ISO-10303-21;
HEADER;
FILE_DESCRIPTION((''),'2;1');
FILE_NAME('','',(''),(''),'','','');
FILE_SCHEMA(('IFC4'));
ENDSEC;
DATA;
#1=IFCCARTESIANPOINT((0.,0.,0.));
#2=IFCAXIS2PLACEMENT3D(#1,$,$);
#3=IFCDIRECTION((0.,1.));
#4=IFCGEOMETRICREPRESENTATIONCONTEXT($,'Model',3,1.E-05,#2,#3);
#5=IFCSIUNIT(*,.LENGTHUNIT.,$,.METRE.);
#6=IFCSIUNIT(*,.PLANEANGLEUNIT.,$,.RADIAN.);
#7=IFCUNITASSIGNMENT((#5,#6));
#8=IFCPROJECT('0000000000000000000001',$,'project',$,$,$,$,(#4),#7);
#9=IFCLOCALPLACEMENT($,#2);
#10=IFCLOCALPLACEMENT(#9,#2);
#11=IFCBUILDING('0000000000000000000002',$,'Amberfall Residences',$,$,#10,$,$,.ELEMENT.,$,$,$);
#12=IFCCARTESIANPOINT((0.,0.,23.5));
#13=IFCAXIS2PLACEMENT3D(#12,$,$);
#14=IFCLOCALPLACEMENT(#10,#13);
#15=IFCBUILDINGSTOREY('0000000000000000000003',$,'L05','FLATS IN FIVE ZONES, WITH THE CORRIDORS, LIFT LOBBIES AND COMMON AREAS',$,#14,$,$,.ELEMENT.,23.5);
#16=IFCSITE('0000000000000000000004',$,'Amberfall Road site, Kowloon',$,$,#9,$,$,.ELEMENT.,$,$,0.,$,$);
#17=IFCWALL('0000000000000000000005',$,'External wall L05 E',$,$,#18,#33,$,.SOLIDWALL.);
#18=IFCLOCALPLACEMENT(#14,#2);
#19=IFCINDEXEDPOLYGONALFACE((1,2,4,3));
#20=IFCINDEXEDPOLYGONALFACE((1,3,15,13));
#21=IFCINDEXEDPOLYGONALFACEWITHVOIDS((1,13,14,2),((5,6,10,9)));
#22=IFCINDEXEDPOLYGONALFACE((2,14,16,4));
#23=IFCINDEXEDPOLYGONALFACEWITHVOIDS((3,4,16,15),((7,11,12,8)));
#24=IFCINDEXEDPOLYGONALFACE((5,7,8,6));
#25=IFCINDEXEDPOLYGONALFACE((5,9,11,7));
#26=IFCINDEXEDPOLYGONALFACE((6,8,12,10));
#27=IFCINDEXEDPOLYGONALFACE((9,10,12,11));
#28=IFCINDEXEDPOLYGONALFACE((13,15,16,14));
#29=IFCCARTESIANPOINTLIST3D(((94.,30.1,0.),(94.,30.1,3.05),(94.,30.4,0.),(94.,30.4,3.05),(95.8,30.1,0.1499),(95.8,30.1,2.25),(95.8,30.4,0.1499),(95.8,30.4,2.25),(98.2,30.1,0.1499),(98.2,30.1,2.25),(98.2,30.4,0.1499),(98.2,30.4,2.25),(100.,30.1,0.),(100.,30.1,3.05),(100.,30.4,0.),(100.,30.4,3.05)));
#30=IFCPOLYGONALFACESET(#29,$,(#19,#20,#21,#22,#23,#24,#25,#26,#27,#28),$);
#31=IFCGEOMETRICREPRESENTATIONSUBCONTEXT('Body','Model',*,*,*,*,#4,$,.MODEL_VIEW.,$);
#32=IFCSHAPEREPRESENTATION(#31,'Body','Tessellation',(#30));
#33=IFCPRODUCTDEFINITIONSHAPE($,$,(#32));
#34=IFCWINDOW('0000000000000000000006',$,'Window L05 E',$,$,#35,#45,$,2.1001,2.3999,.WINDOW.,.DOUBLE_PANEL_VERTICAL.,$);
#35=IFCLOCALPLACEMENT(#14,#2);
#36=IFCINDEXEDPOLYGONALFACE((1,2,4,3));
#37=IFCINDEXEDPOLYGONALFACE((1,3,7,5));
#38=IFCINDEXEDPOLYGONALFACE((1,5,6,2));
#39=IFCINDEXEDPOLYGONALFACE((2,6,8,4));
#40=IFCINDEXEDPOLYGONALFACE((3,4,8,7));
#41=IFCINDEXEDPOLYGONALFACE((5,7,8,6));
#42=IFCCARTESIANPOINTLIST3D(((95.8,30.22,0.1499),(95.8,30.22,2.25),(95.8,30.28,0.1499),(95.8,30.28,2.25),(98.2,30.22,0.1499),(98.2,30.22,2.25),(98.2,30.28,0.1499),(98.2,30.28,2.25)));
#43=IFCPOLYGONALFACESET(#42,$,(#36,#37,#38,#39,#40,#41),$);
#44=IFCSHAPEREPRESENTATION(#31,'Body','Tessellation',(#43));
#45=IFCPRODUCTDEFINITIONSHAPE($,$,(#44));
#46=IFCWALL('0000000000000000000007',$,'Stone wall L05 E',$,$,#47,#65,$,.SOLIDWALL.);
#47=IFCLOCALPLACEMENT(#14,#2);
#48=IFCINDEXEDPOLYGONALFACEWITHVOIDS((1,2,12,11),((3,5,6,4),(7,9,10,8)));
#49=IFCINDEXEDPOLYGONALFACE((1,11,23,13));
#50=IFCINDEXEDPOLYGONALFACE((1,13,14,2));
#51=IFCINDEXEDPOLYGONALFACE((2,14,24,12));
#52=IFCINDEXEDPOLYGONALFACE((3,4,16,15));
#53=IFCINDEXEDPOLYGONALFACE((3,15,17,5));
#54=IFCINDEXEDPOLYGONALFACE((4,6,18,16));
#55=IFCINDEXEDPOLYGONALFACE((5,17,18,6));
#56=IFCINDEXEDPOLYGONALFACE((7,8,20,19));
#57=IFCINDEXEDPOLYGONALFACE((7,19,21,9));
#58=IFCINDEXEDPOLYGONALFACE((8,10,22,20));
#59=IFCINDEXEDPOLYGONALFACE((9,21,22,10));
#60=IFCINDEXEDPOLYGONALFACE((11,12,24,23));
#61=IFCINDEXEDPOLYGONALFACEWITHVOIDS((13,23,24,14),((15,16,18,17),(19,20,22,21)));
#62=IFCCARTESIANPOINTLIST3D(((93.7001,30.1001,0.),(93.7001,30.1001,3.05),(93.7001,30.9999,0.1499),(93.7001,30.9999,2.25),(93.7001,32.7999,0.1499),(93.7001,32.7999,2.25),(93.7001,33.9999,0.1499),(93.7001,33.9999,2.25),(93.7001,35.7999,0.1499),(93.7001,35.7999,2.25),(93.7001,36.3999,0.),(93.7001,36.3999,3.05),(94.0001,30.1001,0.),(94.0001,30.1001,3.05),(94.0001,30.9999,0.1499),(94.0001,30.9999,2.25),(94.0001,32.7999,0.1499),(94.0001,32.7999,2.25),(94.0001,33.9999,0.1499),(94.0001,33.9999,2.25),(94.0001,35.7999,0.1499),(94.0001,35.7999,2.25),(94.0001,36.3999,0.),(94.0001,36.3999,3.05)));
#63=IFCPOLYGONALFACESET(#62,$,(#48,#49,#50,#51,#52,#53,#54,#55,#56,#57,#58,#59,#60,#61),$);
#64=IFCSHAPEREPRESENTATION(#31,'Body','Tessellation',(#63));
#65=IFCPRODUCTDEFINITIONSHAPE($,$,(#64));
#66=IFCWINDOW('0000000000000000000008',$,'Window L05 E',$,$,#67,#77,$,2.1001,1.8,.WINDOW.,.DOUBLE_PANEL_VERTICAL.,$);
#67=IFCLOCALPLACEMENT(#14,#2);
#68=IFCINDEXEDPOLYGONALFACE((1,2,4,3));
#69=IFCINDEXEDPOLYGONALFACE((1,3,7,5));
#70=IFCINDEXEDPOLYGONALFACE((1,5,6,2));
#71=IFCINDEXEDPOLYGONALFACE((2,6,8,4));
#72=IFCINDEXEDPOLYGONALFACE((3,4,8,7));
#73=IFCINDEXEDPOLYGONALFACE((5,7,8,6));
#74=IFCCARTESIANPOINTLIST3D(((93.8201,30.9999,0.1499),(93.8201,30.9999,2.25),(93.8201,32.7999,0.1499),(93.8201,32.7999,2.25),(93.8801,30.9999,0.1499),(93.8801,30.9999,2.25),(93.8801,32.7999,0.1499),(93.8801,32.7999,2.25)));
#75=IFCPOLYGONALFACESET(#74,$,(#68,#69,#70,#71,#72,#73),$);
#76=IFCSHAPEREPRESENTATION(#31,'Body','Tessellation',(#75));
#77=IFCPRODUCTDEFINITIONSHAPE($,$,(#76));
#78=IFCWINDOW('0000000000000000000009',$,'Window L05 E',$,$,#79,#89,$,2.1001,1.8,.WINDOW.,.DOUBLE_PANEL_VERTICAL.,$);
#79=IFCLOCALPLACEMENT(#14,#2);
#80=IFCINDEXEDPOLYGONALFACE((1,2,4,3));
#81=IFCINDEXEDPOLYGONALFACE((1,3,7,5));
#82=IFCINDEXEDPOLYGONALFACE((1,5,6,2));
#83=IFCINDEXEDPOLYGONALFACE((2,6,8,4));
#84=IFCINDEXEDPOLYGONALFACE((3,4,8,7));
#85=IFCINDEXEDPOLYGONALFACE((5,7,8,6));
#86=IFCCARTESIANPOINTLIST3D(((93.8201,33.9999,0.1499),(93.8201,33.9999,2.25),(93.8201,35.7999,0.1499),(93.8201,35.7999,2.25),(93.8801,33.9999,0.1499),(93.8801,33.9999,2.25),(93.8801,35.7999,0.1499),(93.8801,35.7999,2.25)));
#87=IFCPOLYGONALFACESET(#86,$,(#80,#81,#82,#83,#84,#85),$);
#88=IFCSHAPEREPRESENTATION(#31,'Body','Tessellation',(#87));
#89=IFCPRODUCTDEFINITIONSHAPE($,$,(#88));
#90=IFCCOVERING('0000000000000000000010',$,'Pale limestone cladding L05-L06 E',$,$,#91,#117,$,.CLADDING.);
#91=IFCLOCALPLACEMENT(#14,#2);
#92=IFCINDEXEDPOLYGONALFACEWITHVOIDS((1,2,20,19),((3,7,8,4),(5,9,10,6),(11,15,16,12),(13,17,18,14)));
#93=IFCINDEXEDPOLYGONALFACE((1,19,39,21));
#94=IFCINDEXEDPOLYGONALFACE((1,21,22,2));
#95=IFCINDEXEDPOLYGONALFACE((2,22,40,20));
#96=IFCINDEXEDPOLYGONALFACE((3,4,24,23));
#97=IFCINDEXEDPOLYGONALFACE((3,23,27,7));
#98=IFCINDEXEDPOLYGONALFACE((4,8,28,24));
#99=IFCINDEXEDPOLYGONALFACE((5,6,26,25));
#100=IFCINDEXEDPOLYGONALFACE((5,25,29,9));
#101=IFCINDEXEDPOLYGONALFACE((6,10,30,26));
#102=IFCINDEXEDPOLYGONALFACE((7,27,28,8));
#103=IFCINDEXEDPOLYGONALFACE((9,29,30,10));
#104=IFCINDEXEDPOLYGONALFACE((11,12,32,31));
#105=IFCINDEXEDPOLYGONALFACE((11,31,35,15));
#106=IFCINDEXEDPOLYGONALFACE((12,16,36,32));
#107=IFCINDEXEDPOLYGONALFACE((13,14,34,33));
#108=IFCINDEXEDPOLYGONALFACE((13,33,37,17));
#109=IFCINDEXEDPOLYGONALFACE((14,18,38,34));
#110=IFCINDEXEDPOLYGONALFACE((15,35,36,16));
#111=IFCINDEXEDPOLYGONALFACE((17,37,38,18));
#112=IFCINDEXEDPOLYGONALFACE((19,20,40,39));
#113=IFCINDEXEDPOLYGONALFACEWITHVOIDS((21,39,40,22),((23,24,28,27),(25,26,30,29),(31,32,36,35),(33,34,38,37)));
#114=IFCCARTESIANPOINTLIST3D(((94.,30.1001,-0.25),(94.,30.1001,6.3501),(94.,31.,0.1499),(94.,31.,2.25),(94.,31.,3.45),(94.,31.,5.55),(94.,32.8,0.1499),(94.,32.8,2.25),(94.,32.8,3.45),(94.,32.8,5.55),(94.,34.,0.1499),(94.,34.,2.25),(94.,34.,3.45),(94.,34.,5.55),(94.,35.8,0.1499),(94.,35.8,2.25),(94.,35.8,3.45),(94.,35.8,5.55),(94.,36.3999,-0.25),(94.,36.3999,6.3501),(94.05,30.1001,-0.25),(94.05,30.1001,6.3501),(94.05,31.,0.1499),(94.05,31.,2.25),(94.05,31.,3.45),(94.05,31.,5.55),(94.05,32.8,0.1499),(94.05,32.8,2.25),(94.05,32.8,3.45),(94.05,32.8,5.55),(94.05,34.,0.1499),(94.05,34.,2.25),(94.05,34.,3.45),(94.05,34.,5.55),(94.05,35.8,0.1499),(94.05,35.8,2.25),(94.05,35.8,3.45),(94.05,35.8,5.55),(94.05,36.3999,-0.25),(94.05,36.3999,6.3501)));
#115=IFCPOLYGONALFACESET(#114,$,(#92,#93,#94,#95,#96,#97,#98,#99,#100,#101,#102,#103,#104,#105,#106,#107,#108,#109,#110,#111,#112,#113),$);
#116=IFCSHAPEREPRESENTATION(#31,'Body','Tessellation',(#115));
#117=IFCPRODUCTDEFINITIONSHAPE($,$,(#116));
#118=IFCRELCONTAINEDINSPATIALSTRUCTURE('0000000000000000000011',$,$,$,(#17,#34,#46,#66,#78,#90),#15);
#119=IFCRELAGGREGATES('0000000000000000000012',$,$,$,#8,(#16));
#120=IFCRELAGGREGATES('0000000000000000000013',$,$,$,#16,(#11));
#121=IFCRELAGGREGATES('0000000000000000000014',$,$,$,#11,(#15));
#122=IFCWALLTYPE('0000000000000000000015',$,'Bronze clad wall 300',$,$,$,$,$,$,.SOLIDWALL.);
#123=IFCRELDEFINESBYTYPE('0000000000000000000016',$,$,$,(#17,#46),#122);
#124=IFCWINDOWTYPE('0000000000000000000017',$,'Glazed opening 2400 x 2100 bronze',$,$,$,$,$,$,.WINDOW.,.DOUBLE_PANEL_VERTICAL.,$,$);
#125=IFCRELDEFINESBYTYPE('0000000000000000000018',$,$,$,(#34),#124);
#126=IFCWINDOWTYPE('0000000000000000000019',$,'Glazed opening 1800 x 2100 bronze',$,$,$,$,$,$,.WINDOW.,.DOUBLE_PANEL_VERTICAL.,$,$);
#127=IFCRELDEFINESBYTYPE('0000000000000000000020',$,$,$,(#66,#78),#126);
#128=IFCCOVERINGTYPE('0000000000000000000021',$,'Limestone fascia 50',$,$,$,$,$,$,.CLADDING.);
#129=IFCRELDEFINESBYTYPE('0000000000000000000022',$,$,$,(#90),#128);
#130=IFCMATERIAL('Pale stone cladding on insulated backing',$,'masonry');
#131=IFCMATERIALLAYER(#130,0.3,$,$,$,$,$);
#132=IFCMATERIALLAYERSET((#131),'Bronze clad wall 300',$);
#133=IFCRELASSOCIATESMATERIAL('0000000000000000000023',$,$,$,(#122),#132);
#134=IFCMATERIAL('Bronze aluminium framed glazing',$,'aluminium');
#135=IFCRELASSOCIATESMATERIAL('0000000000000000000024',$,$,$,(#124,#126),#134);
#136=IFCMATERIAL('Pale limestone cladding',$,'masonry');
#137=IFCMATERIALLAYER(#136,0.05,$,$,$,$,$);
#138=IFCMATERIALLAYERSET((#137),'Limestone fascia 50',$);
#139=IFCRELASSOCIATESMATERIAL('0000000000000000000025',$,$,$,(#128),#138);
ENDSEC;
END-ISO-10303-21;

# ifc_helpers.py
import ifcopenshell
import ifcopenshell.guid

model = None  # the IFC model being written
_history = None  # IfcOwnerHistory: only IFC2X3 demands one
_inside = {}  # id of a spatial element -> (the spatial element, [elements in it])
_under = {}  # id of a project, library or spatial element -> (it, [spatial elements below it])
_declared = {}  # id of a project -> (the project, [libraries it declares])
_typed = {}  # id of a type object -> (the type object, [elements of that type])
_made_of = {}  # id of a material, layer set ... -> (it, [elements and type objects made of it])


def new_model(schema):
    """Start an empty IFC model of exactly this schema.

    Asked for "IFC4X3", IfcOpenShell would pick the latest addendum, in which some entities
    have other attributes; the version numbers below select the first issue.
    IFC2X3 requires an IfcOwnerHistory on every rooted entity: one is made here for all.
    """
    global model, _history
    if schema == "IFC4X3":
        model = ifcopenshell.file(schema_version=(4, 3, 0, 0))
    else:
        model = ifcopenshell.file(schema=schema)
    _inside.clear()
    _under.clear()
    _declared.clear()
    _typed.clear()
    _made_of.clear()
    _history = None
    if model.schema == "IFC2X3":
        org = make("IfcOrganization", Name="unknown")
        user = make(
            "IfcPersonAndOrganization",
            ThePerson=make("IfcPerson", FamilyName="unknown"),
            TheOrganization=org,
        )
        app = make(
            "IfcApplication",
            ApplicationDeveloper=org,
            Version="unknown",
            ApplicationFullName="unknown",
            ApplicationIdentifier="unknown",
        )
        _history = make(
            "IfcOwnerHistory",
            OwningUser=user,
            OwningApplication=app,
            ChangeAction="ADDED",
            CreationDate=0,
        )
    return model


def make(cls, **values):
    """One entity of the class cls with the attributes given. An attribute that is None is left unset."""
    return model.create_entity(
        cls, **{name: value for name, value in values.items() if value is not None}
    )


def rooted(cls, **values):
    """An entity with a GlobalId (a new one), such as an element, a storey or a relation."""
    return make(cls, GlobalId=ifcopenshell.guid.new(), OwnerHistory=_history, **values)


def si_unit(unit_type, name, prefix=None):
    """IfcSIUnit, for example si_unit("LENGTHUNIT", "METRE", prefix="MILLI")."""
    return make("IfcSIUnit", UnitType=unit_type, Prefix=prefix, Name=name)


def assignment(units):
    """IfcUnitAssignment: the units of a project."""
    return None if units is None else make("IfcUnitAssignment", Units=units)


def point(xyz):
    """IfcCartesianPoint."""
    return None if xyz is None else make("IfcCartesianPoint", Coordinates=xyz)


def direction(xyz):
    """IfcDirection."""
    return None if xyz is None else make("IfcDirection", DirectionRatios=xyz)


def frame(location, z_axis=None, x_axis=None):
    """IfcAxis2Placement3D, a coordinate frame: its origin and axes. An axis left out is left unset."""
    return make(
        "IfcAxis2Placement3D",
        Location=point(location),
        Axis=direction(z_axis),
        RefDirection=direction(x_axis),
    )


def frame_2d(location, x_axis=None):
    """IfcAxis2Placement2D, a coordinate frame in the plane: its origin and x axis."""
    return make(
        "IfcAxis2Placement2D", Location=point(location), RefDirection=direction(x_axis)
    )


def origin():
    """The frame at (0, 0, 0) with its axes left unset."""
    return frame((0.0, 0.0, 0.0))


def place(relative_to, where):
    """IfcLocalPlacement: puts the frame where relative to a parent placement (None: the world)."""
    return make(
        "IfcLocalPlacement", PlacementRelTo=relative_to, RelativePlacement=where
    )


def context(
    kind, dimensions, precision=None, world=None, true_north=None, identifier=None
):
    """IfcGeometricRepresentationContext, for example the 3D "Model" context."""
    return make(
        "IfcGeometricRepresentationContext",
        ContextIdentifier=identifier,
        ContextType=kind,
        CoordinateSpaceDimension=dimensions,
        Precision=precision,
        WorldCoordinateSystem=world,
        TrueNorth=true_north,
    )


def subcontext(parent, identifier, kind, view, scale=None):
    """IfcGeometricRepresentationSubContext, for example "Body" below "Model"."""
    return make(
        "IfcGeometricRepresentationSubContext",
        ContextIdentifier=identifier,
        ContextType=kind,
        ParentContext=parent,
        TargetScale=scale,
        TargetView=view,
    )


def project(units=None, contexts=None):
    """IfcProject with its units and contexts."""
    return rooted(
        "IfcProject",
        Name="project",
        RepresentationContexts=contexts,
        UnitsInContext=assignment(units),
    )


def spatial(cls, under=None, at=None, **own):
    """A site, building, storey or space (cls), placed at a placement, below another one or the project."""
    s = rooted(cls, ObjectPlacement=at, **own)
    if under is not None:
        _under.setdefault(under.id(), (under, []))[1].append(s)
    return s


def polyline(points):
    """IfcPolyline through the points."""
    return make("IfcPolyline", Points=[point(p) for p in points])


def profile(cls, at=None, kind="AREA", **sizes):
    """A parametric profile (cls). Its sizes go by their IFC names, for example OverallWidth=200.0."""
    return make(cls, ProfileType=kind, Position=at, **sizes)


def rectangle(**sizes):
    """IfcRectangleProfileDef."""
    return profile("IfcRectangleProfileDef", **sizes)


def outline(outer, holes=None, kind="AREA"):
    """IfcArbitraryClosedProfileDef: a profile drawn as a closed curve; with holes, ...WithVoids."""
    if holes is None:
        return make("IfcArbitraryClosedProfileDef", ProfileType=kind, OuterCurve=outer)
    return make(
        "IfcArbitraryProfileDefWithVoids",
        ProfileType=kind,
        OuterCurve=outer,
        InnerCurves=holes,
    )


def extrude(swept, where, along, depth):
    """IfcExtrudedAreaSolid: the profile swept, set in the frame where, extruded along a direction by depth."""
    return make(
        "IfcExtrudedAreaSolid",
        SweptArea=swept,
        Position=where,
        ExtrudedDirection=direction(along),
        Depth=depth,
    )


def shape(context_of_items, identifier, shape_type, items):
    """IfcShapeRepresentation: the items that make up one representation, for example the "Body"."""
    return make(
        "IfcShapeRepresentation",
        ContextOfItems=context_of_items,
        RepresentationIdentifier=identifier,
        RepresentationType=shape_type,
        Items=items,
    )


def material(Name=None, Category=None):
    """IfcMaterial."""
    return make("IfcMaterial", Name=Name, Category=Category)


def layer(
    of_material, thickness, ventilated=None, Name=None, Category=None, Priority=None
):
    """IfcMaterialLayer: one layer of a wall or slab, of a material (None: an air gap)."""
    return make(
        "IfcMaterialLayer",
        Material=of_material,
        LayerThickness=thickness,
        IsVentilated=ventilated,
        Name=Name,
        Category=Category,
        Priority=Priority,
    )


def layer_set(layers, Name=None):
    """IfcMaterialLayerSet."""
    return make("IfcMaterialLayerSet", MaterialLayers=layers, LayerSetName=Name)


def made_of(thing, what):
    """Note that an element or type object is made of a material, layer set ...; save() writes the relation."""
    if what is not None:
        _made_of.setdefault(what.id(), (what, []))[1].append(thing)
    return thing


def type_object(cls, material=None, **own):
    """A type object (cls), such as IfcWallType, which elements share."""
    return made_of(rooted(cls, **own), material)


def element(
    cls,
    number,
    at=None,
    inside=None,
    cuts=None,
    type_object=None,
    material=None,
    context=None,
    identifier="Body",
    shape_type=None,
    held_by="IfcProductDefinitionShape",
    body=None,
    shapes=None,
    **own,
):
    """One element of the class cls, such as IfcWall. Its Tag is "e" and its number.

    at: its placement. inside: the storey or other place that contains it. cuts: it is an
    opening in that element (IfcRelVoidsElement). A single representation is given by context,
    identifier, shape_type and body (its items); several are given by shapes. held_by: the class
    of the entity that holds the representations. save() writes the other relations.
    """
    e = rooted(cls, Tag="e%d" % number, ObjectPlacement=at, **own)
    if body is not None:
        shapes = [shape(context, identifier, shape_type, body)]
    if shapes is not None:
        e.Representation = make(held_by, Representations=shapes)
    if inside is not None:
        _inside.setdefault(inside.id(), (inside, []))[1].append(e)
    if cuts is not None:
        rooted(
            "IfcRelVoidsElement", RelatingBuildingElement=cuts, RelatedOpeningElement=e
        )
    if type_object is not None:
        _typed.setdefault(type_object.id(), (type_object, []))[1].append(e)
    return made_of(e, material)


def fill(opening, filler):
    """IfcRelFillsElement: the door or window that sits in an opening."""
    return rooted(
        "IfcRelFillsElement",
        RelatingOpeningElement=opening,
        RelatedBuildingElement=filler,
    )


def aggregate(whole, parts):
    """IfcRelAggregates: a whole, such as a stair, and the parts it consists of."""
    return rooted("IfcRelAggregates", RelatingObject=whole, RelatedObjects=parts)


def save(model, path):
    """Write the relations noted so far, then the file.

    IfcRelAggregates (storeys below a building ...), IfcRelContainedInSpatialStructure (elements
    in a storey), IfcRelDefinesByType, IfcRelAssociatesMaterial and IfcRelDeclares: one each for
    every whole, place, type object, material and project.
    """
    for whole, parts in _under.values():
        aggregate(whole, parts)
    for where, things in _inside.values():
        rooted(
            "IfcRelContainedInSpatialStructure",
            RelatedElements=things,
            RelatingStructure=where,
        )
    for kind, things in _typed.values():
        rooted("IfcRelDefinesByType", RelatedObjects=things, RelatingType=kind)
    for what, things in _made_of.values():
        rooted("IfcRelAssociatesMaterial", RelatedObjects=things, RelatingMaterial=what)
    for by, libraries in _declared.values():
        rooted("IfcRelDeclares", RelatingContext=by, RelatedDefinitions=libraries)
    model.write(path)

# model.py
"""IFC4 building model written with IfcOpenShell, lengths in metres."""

from ifc_helpers import new_model, si_unit, direction, frame, frame_2d, origin, place, context, subcontext, project, spatial, polyline, rectangle, outline, extrude, material, layer, layer_set, type_object, element, fill, save


model = new_model("IFC4")

# Units and contexts
model_context = context("Model", 3, precision=1e-05, world=origin(), true_north=direction((0.0, 1.0)))
body_context = subcontext(model_context, "Body", "Model", "MODEL_VIEW")
ifc_project = project(units=[si_unit("LENGTHUNIT", "METRE"), si_unit("PLANEANGLEUNIT", "RADIAN")], contexts=[model_context])

# Site, building, storey
site_placement = place(None, origin())
site = spatial("IfcSite", under=ifc_project, at=site_placement, Name="Amberfall Road site, Kowloon", CompositionType="ELEMENT", RefElevation=0.0)
building_placement = place(site_placement, origin())
building = spatial("IfcBuilding", under=site, at=building_placement, Name="Amberfall Residences", CompositionType="ELEMENT")
storey_placement = place(building_placement, frame((0.0, 0.0, 23.5)))
storey = spatial("IfcBuildingStorey", under=building, at=storey_placement, Name="L05", Description="FLATS IN FIVE ZONES, WITH THE CORRIDORS, LIFT LOBBIES AND COMMON AREAS", CompositionType="ELEMENT", Elevation=23.5)

# Shared definitions
ifc_material_1 = material(Name="Pale stone cladding on insulated backing", Category="masonry")
ifc_layer_1 = layer(ifc_material_1, 0.3)
ifc_layer_set_1 = layer_set([ifc_layer_1], Name="Bronze clad wall 300")
wall_type = type_object("IfcWallType", Name="Bronze clad wall 300", PredefinedType="SOLIDWALL", material=ifc_layer_set_1)
ifc_material_2 = material(Name="Bronze aluminium framed glazing", Category="aluminium")
window_type_1 = type_object("IfcWindowType", Name="Glazed opening 2400 x 2100 bronze", PartitioningType="DOUBLE_PANEL_VERTICAL", PredefinedType="WINDOW", material=ifc_material_2)

# Wall, opening, window
wall_1_placement = place(storey_placement, frame((100.0, 30.25, 0.0), z_axis=(0.0, 0.0, 1.0), x_axis=(-1.0, 0.0, 0.0)))
wall_1 = element("IfcWall", 1, at=wall_1_placement, inside=storey, type_object=wall_type, Name="External wall L05 E", PredefinedType="SOLIDWALL", context=body_context, shape_type="SweptSolid", body=[
    extrude(rectangle(XDim=6.0, YDim=0.3, at=frame_2d((3.0, 0.0))), origin(), (0.0, 0.0, 1.0), 3.05),
])
opening_1_placement = place(wall_1_placement, frame((1.8, 0.0, 0.1499)))
opening_1 = element("IfcOpeningElement", 2, at=opening_1_placement, cuts=wall_1, PredefinedType="OPENING", context=body_context, shape_type="SweptSolid", body=[
    extrude(rectangle(XDim=2.3999, YDim=2.1001, at=frame_2d((1.2, 1.05))), frame((0.0, 0.1599, 0.0), z_axis=(0.0, -1.0, 0.0), x_axis=(1.0, 0.0, 0.0)), (0.0, 0.0, 1.0), 0.3201),
])
window_1_placement = place(opening_1_placement, origin())
window_1 = element("IfcWindow", 3, at=window_1_placement, inside=storey, type_object=window_type_1, Name="Window L05 E", OverallHeight=2.1001, OverallWidth=2.3999, PartitioningType="DOUBLE_PANEL_VERTICAL", PredefinedType="WINDOW", context=body_context, shape_type="SweptSolid", body=[
    extrude(rectangle(XDim=2.3999, YDim=2.1001, at=frame_2d((1.2, 1.05))), frame((0.0, 0.03, 0.0), z_axis=(0.0, -1.0, 0.0), x_axis=(1.0, 0.0, 0.0)), (0.0, 0.0, 1.0), 0.0601),
])
fill(opening_1, window_1)

# Wall, openings, windows
wall_2_placement = place(storey_placement, frame((93.8501, 30.1001, 0.0), z_axis=(0.0, 0.0, 1.0), x_axis=(0.0, 1.0, 0.0)))
wall_2 = element("IfcWall", 4, at=wall_2_placement, inside=storey, type_object=wall_type, Name="Stone wall L05 E", PredefinedType="SOLIDWALL", context=body_context, shape_type="SweptSolid", body=[
    extrude(rectangle(XDim=6.2998, YDim=0.3, at=frame_2d((3.1499, 0.0))), origin(), (0.0, 0.0, 1.0), 3.05),
])
opening_2_placement = place(wall_2_placement, frame((0.8999, 0.0, 0.1499)))
opening_2 = element("IfcOpeningElement", 5, at=opening_2_placement, cuts=wall_2, PredefinedType="OPENING", context=body_context, shape_type="SweptSolid", body=[
    extrude(rectangle(XDim=1.8, YDim=2.1001, at=frame_2d((0.8999, 1.05))), frame((0.0, 0.1599, 0.0), z_axis=(0.0, -1.0, 0.0), x_axis=(1.0, 0.0, 0.0)), (0.0, 0.0, 1.0), 0.3201),
])
opening_3_placement = place(wall_2_placement, frame((3.8999, 0.0, 0.1499)))
opening_3 = element("IfcOpeningElement", 6, at=opening_3_placement, cuts=wall_2, PredefinedType="OPENING", context=body_context, shape_type="SweptSolid", body=[
    extrude(rectangle(XDim=1.8, YDim=2.1001, at=frame_2d((0.8999, 1.05))), frame((0.0, 0.1599, 0.0), z_axis=(0.0, -1.0, 0.0), x_axis=(1.0, 0.0, 0.0)), (0.0, 0.0, 1.0), 0.3201),
])
window_type_2 = type_object("IfcWindowType", Name="Glazed opening 1800 x 2100 bronze", PartitioningType="DOUBLE_PANEL_VERTICAL", PredefinedType="WINDOW", material=ifc_material_2)
window_2_placement = place(opening_2_placement, origin())
window_2 = element("IfcWindow", 7, at=window_2_placement, inside=storey, type_object=window_type_2, Name="Window L05 E", OverallHeight=2.1001, OverallWidth=1.8, PartitioningType="DOUBLE_PANEL_VERTICAL", PredefinedType="WINDOW", context=body_context, shape_type="SweptSolid", body=[
    extrude(rectangle(XDim=1.8, YDim=2.1001, at=frame_2d((0.8999, 1.05))), frame((0.0, 0.03, 0.0), z_axis=(0.0, -1.0, 0.0), x_axis=(1.0, 0.0, 0.0)), (0.0, 0.0, 1.0), 0.0601),
])
fill(opening_2, window_2)
window_3_placement = place(opening_3_placement, origin())
window_3 = element("IfcWindow", 8, at=window_3_placement, inside=storey, type_object=window_type_2, Name="Window L05 E", OverallHeight=2.1001, OverallWidth=1.8, PartitioningType="DOUBLE_PANEL_VERTICAL", PredefinedType="WINDOW", context=body_context, shape_type="SweptSolid", body=[
    extrude(rectangle(XDim=1.8, YDim=2.1001, at=frame_2d((0.8999, 1.05))), frame((0.0, 0.03, 0.0), z_axis=(0.0, -1.0, 0.0), x_axis=(1.0, 0.0, 0.0)), (0.0, 0.0, 1.0), 0.0601),
])
fill(opening_3, window_3)

# Covering
ifc_material_3 = material(Name="Pale limestone cladding", Category="masonry")
ifc_layer_2 = layer(ifc_material_3, 0.05)
ifc_layer_set_2 = layer_set([ifc_layer_2], Name="Limestone fascia 50")
covering_type = type_object("IfcCoveringType", Name="Limestone fascia 50", PredefinedType="CLADDING", material=ifc_layer_set_2)
covering_placement = place(storey_placement, frame((94.0, 30.1001, 6.3501), z_axis=(-1.0, 0.0, 0.0), x_axis=(0.0, 1.0, 0.0)))
element("IfcCovering", 9, at=covering_placement, inside=storey, type_object=covering_type, Name="Pale limestone cladding L05-L06 E", PredefinedType="CLADDING", context=body_context, shape_type="SweptSolid", body=[
    extrude(outline(polyline([(0.0, 0.0), (6.2998, 0.0), (6.2998, 6.6001), (0.0, 6.6001), (0.0, 0.0)]), holes=[polyline([(0.8999, 4.1001), (2.7, 4.1001), (2.7, 6.2002), (0.8999, 6.2002), (0.8999, 4.1001)]), polyline([(3.8999, 4.1001), (5.7, 4.1001), (5.7, 6.2002), (3.8999, 6.2002), (3.8999, 4.1001)]), polyline([(0.8999, 0.8), (2.7, 0.8), (2.7, 2.9001), (0.8999, 2.9001), (0.8999, 0.8)]), polyline([(3.8999, 0.8), (5.7, 0.8), (5.7, 2.9001), (3.8999, 2.9001), (3.8999, 0.8)])]), origin(), (0.0, 0.0, -1.0), 0.05),
])

save(model, "model.ifc")
